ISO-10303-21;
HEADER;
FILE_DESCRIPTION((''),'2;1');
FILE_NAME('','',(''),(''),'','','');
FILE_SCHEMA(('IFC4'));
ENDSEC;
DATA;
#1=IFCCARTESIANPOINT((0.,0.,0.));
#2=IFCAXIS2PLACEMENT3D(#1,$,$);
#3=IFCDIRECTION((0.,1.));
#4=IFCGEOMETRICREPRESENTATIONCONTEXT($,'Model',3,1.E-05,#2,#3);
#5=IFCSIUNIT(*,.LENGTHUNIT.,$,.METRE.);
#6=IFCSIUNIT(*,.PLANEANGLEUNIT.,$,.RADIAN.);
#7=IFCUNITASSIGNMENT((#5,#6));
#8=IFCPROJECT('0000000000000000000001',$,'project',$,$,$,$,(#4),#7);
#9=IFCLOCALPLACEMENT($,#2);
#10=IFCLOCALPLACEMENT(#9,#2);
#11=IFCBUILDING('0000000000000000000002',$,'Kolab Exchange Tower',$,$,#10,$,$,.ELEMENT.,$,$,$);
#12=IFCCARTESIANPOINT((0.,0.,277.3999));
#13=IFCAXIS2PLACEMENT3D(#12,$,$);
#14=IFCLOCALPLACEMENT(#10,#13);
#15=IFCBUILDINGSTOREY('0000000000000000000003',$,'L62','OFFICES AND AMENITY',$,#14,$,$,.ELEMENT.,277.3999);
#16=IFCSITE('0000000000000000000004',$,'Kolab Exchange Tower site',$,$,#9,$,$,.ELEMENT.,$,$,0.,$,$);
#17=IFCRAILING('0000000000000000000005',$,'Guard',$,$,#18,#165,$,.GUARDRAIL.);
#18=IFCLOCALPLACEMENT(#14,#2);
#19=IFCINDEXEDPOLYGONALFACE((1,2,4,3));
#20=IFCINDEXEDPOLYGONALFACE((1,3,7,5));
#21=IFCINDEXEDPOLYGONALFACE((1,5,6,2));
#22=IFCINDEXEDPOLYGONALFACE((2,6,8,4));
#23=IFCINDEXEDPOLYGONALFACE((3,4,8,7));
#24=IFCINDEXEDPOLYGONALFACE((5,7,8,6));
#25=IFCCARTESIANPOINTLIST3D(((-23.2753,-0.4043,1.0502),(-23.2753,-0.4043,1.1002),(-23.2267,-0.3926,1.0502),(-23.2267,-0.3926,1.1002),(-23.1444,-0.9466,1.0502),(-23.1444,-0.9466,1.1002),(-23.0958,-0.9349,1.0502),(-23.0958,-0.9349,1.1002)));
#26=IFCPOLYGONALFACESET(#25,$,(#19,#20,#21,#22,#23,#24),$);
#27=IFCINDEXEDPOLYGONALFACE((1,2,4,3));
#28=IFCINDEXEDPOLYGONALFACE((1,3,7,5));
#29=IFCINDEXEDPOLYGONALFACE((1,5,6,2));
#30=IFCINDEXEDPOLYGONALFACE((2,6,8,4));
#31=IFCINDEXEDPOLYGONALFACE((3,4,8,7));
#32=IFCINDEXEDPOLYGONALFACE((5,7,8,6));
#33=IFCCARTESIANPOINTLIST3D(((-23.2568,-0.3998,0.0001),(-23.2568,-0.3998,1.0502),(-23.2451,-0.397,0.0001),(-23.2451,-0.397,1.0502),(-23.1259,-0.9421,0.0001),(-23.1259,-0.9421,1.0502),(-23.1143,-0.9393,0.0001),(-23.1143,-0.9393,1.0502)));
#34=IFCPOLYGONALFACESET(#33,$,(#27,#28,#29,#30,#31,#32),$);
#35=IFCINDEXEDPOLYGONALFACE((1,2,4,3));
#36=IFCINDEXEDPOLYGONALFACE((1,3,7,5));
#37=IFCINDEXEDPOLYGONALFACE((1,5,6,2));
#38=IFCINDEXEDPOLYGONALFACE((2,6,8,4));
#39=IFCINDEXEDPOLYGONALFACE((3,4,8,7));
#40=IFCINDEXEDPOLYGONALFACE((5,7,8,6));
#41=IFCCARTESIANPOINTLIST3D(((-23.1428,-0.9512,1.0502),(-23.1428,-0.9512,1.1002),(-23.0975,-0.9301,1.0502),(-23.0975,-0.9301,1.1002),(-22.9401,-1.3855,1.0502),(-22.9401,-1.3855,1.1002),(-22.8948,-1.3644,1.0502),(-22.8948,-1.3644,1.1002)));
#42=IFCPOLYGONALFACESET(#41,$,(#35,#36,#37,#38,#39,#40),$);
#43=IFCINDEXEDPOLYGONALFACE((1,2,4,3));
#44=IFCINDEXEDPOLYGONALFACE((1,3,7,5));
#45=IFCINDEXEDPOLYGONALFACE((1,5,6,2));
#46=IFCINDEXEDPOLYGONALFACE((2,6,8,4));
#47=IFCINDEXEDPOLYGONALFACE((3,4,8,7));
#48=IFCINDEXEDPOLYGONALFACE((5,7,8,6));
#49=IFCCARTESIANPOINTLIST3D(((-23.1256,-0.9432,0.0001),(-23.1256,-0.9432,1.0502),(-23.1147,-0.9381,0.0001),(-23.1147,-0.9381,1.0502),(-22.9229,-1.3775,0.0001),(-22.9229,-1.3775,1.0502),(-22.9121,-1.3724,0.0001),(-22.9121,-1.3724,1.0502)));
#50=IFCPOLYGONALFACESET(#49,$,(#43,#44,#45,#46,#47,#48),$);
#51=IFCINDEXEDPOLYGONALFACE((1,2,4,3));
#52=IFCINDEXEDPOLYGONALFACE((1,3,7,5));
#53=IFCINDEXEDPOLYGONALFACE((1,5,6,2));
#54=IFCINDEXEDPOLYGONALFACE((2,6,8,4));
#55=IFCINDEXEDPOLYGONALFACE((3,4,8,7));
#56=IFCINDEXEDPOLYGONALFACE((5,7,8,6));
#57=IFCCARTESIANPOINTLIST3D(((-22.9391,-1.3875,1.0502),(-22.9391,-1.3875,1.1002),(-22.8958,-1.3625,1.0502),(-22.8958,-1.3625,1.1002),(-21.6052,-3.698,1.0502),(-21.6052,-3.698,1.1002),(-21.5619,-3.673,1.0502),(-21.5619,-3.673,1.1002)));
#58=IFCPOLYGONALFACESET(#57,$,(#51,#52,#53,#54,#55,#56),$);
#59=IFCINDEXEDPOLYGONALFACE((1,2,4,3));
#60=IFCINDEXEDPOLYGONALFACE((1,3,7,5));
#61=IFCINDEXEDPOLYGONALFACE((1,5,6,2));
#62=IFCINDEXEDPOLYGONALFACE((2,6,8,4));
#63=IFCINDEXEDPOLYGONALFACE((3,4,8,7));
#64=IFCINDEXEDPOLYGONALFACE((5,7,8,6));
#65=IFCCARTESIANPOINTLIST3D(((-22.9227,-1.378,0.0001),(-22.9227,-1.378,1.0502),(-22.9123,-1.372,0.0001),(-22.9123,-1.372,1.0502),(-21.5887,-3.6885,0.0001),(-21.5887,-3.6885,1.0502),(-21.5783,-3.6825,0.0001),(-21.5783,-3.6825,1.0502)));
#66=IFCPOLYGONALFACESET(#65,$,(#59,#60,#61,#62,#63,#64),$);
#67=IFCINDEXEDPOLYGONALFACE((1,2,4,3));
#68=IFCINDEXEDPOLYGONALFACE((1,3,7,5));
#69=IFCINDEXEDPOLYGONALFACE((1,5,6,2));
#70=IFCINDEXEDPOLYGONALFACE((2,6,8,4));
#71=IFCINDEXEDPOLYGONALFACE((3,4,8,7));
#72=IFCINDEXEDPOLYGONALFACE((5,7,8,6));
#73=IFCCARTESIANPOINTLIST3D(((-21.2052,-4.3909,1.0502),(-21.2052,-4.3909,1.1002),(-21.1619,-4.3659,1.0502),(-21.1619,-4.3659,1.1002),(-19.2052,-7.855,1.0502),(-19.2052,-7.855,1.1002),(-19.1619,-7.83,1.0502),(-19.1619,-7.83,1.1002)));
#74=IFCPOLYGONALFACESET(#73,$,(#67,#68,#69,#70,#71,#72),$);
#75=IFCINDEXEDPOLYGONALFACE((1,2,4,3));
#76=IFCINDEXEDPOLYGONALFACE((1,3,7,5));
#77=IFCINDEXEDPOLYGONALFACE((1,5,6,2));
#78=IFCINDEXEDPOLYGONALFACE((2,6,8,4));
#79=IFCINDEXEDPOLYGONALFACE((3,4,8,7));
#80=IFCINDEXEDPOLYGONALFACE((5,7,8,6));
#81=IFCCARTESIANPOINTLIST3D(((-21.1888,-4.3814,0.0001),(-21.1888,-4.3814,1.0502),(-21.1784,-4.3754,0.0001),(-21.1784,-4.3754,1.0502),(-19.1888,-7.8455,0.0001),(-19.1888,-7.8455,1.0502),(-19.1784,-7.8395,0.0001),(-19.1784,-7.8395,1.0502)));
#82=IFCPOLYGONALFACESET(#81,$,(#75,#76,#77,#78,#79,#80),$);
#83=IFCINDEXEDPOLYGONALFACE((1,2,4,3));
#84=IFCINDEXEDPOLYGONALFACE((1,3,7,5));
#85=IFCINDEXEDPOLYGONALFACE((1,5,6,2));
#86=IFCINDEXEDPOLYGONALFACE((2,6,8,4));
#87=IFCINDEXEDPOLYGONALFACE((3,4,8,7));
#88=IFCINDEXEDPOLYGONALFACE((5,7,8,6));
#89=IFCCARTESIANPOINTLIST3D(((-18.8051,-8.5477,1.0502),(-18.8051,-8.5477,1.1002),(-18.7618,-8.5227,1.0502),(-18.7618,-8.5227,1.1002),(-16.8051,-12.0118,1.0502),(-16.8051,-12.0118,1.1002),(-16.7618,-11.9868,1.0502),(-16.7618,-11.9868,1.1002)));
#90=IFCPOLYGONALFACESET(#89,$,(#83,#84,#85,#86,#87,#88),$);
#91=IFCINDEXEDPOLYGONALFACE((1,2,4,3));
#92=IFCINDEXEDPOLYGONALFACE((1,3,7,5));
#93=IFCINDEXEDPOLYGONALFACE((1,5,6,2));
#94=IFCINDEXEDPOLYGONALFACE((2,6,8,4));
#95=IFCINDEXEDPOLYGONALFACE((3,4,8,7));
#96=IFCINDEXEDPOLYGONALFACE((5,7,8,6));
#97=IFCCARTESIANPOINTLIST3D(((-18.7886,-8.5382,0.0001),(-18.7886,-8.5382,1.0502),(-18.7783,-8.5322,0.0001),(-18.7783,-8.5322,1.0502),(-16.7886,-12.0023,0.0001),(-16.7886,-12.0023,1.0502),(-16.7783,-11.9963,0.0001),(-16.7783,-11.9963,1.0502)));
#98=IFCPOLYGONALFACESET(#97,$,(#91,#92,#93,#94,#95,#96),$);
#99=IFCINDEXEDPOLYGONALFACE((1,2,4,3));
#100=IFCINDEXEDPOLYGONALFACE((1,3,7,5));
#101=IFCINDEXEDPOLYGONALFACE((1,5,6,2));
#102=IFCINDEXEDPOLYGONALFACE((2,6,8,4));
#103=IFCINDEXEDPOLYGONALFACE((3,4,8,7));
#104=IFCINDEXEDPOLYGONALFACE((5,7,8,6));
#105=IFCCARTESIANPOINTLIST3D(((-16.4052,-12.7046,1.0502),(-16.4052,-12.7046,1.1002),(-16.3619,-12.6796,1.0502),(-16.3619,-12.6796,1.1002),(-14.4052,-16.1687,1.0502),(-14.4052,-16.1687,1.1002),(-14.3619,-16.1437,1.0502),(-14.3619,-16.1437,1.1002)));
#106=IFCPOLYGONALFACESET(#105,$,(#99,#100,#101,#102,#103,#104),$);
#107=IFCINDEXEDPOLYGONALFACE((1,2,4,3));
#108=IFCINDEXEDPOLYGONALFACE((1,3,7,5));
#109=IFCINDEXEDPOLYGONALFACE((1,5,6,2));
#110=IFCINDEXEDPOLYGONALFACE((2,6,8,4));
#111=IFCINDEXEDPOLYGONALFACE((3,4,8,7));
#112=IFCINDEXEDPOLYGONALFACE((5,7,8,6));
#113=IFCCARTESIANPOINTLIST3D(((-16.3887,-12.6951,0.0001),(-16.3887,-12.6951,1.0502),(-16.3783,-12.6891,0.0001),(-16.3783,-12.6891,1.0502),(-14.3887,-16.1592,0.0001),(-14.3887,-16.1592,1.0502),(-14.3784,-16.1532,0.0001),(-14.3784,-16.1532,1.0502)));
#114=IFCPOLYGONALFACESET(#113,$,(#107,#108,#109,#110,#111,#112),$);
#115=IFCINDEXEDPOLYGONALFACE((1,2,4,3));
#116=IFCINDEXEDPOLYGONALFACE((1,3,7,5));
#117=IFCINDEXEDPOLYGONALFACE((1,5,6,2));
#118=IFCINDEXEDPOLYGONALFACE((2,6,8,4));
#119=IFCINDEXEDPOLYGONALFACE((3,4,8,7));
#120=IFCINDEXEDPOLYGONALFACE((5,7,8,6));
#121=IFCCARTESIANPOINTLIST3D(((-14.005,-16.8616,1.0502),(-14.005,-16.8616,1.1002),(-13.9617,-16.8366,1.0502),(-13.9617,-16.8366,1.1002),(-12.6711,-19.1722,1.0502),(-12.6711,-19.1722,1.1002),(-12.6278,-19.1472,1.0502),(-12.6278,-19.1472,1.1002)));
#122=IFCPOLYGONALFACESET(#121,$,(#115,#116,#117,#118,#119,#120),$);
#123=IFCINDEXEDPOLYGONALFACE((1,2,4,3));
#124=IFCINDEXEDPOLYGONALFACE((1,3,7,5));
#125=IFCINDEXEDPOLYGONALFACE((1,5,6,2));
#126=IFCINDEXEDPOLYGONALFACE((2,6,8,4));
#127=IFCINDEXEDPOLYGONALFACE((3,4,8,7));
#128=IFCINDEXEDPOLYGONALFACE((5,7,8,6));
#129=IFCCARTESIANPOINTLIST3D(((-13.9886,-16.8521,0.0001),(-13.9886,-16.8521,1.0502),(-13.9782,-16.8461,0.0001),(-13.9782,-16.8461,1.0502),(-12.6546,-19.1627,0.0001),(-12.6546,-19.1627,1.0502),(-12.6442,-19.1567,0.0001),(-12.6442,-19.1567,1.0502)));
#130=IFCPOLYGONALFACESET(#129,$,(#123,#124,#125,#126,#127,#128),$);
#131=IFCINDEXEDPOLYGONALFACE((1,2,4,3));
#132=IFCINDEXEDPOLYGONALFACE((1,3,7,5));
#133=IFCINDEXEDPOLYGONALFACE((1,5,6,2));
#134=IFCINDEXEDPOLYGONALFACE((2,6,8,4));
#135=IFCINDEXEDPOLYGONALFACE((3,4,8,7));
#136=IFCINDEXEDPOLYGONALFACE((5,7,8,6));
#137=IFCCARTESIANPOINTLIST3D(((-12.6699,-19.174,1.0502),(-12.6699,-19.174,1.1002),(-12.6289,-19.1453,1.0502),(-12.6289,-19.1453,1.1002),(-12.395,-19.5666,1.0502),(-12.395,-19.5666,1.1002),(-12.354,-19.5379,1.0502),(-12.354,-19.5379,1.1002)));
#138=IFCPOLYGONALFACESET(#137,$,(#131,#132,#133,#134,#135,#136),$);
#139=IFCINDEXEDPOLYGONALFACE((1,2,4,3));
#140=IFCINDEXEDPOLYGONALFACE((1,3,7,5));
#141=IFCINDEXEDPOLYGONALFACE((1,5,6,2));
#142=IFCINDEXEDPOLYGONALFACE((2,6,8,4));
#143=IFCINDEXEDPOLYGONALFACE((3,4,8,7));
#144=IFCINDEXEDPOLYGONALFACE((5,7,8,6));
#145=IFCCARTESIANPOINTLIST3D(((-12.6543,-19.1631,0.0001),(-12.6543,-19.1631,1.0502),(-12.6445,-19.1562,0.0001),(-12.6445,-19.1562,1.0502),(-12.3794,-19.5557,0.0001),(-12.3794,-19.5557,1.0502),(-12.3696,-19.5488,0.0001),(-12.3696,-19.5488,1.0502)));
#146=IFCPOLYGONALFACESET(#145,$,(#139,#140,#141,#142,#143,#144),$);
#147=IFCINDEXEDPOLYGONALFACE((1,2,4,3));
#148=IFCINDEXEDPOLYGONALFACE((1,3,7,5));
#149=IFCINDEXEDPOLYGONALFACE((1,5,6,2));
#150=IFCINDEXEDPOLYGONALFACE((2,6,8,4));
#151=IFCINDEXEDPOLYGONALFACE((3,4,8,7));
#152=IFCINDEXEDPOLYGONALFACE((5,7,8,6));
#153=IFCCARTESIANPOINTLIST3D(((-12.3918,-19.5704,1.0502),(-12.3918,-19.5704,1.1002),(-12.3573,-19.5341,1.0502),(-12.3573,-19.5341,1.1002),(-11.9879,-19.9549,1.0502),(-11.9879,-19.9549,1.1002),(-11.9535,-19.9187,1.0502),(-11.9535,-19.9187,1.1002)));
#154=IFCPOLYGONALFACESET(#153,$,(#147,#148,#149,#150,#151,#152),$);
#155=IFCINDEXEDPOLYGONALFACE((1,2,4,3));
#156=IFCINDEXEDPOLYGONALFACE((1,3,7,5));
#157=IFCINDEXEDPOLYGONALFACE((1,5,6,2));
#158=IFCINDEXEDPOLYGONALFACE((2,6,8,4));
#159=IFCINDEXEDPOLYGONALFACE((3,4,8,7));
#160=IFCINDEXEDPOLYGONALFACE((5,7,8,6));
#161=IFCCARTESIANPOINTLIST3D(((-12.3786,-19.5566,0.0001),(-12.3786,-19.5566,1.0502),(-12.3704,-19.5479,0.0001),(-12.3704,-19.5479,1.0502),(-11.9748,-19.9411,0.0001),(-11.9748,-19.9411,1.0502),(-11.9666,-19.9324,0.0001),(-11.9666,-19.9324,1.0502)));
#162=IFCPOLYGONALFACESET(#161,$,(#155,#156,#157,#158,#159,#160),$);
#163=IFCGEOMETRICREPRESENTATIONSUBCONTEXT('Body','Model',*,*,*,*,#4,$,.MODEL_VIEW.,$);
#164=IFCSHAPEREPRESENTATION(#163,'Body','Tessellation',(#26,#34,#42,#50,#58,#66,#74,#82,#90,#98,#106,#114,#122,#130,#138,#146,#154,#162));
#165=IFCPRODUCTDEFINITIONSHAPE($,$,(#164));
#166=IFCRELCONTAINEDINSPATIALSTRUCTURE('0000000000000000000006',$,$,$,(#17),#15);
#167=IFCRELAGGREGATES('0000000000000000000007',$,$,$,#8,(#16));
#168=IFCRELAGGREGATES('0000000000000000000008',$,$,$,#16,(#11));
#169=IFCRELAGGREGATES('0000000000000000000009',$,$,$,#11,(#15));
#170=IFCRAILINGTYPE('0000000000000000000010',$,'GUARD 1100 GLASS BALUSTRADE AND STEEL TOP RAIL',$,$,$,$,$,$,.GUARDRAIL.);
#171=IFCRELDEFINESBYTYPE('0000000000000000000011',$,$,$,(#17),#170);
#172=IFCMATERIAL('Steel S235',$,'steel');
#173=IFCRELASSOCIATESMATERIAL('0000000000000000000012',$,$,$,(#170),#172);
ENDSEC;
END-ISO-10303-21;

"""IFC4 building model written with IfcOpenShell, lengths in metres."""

from ifc_helpers import new_model, si_unit, direction, frame, frame_2d, origin, origin_2d, place, context, subcontext, project, spatial, rectangle, extrude, material, type_object, element, save


model = new_model("IFC4")

# Units and contexts
model_context = context("Model", 3, precision=1e-05, world=origin(), true_north=direction((0.0, 1.0)))
body_context = subcontext(model_context, "Body", "Model", "MODEL_VIEW")
ifc_project = project(units=[si_unit("LENGTHUNIT", "METRE"), si_unit("PLANEANGLEUNIT", "RADIAN")], contexts=[model_context])

# Site, building, storey
site_placement = place(None, origin())
site = spatial("IfcSite", under=ifc_project, at=site_placement, Name="Kolab Exchange Tower site", CompositionType="ELEMENT", RefElevation=0.0)
building_placement = place(site_placement, origin())
building = spatial("IfcBuilding", under=site, at=building_placement, Name="Kolab Exchange Tower", CompositionType="ELEMENT")
storey_placement = place(building_placement, frame((0.0, 0.0, 277.3999)))
storey = spatial("IfcBuildingStorey", under=building, at=storey_placement, Name="L62", Description="OFFICES AND AMENITY", CompositionType="ELEMENT", Elevation=277.3999)

# Shared definitions
ifc_material_1 = material(Name="Steel S235", Category="steel")

# Railing
railing_type = type_object("IfcRailingType", Name="GUARD 1100 GLASS BALUSTRADE AND STEEL TOP RAIL", PredefinedType="GUARDRAIL", material=ifc_material_1)
railing_placement = place(storey_placement, frame((-23.251, -0.3984, 0.0)))
element("IfcRailing", 1, at=railing_placement, inside=storey, type_object=railing_type, Name="Guard", PredefinedType="GUARDRAIL", context=body_context, shape_type="SweptSolid", body=[
    extrude(rectangle(XDim=0.05, YDim=0.05, at=origin_2d()), frame((0.0, 0.0, 1.0752), z_axis=(0.234598, -0.972093, 0.0), x_axis=(0.972093, 0.234598, 0.0)), (0.0, 0.0, 1.0), 0.5579),
    extrude(rectangle(XDim=0.012, YDim=1.0501, at=frame_2d((0.0, 0.5251))), frame((0.0, 0.0, 0.0), z_axis=(0.234598, -0.972093, 0.0), x_axis=(0.972093, 0.234598, 0.0)), (0.0, 0.0, 1.0), 0.5579),
    extrude(rectangle(XDim=0.05, YDim=0.05, at=origin_2d()), frame((0.1309, -0.5422, 1.0752), z_axis=(0.422802, -0.906222, 0.0), x_axis=(0.906222, 0.422802, 0.0)), (0.0, 0.0, 1.0), 0.4792),
    extrude(rectangle(XDim=0.012, YDim=1.0501, at=frame_2d((0.0, 0.5251))), frame((0.1309, -0.5422, 0.0), z_axis=(0.422802, -0.906222, 0.0), x_axis=(0.906222, 0.422802, 0.0)), (0.0, 0.0, 1.0), 0.4792),
    extrude(rectangle(XDim=0.05, YDim=0.05, at=origin_2d()), frame((0.3335, -0.9766, 1.0752), z_axis=(0.499997, -0.866027, 0.0), x_axis=(0.866027, 0.499997, 0.0)), (0.0, 0.0, 1.0), 2.668),
    extrude(rectangle(XDim=0.012, YDim=1.0501, at=frame_2d((0.0, 0.5251))), frame((0.3335, -0.9766, 0.0), z_axis=(0.499997, -0.866027, 0.0), x_axis=(0.866027, 0.499997, 0.0)), (0.0, 0.0, 1.0), 2.668),
    extrude(rectangle(XDim=0.05, YDim=0.05, at=origin_2d()), frame((2.0674, -3.98, 1.0752), z_axis=(0.499999, -0.866026, 0.0), x_axis=(0.866026, 0.499999, 0.0)), (0.0, 0.0, 1.0), 4.0),
    extrude(rectangle(XDim=0.012, YDim=1.0501, at=frame_2d((0.0, 0.5251))), frame((2.0674, -3.98, 0.0), z_axis=(0.499999, -0.866026, 0.0), x_axis=(0.866026, 0.499999, 0.0)), (0.0, 0.0, 1.0), 4.0),
    extrude(rectangle(XDim=0.05, YDim=0.05, at=origin_2d()), frame((4.4675, -8.1367, 1.0752), z_axis=(0.499999, -0.866026, 0.0), x_axis=(0.866026, 0.499999, 0.0)), (0.0, 0.0, 1.0), 4.0),
    extrude(rectangle(XDim=0.012, YDim=1.0501, at=frame_2d((0.0, 0.5251))), frame((4.4675, -8.1367, 0.0), z_axis=(0.499999, -0.866026, 0.0), x_axis=(0.866026, 0.499999, 0.0)), (0.0, 0.0, 1.0), 4.0),
    extrude(rectangle(XDim=0.05, YDim=0.05, at=origin_2d()), frame((6.8674, -12.2937, 1.0752), z_axis=(0.499999, -0.866026, 0.0), x_axis=(0.866026, 0.499999, 0.0)), (0.0, 0.0, 1.0), 4.0),
    extrude(rectangle(XDim=0.012, YDim=1.0501, at=frame_2d((0.0, 0.5251))), frame((6.8674, -12.2937, 0.0), z_axis=(0.499999, -0.866026, 0.0), x_axis=(0.866026, 0.499999, 0.0)), (0.0, 0.0, 1.0), 4.0),
    extrude(rectangle(XDim=0.05, YDim=0.05, at=origin_2d()), frame((9.2676, -16.4507, 1.0752), z_axis=(0.499997, -0.866027, 0.0), x_axis=(0.866027, 0.499997, 0.0)), (0.0, 0.0, 1.0), 2.668),
    extrude(rectangle(XDim=0.012, YDim=1.0501, at=frame_2d((0.0, 0.5251))), frame((9.2676, -16.4507, 0.0), z_axis=(0.499997, -0.866027, 0.0), x_axis=(0.866027, 0.499997, 0.0)), (0.0, 0.0, 1.0), 2.668),
    extrude(rectangle(XDim=0.05, YDim=0.05, at=origin_2d()), frame((10.6016, -18.7612, 1.0752), z_axis=(0.573599, -0.819136, 0.0), x_axis=(0.819136, 0.573599, 0.0)), (0.0, 0.0, 1.0), 0.4792),
    extrude(rectangle(XDim=0.012, YDim=1.0501, at=frame_2d((0.0, 0.5251))), frame((10.6016, -18.7612, 0.0), z_axis=(0.573599, -0.819136, 0.0), x_axis=(0.819136, 0.573599, 0.0)), (0.0, 0.0, 1.0), 0.4792),
    extrude(rectangle(XDim=0.05, YDim=0.05, at=origin_2d()), frame((10.8765, -19.1538, 1.0752), z_axis=(0.72419, -0.689601, 0.0), x_axis=(0.689601, 0.72419, 0.0)), (0.0, 0.0, 1.0), 0.5576),
    extrude(rectangle(XDim=0.012, YDim=1.0501, at=frame_2d((0.0, 0.5251))), frame((10.8765, -19.1538, 0.0), z_axis=(0.72419, -0.689601, 0.0), x_axis=(0.689601, 0.72419, 0.0)), (0.0, 0.0, 1.0), 0.5576),
])

save(model, "model.ifc")
